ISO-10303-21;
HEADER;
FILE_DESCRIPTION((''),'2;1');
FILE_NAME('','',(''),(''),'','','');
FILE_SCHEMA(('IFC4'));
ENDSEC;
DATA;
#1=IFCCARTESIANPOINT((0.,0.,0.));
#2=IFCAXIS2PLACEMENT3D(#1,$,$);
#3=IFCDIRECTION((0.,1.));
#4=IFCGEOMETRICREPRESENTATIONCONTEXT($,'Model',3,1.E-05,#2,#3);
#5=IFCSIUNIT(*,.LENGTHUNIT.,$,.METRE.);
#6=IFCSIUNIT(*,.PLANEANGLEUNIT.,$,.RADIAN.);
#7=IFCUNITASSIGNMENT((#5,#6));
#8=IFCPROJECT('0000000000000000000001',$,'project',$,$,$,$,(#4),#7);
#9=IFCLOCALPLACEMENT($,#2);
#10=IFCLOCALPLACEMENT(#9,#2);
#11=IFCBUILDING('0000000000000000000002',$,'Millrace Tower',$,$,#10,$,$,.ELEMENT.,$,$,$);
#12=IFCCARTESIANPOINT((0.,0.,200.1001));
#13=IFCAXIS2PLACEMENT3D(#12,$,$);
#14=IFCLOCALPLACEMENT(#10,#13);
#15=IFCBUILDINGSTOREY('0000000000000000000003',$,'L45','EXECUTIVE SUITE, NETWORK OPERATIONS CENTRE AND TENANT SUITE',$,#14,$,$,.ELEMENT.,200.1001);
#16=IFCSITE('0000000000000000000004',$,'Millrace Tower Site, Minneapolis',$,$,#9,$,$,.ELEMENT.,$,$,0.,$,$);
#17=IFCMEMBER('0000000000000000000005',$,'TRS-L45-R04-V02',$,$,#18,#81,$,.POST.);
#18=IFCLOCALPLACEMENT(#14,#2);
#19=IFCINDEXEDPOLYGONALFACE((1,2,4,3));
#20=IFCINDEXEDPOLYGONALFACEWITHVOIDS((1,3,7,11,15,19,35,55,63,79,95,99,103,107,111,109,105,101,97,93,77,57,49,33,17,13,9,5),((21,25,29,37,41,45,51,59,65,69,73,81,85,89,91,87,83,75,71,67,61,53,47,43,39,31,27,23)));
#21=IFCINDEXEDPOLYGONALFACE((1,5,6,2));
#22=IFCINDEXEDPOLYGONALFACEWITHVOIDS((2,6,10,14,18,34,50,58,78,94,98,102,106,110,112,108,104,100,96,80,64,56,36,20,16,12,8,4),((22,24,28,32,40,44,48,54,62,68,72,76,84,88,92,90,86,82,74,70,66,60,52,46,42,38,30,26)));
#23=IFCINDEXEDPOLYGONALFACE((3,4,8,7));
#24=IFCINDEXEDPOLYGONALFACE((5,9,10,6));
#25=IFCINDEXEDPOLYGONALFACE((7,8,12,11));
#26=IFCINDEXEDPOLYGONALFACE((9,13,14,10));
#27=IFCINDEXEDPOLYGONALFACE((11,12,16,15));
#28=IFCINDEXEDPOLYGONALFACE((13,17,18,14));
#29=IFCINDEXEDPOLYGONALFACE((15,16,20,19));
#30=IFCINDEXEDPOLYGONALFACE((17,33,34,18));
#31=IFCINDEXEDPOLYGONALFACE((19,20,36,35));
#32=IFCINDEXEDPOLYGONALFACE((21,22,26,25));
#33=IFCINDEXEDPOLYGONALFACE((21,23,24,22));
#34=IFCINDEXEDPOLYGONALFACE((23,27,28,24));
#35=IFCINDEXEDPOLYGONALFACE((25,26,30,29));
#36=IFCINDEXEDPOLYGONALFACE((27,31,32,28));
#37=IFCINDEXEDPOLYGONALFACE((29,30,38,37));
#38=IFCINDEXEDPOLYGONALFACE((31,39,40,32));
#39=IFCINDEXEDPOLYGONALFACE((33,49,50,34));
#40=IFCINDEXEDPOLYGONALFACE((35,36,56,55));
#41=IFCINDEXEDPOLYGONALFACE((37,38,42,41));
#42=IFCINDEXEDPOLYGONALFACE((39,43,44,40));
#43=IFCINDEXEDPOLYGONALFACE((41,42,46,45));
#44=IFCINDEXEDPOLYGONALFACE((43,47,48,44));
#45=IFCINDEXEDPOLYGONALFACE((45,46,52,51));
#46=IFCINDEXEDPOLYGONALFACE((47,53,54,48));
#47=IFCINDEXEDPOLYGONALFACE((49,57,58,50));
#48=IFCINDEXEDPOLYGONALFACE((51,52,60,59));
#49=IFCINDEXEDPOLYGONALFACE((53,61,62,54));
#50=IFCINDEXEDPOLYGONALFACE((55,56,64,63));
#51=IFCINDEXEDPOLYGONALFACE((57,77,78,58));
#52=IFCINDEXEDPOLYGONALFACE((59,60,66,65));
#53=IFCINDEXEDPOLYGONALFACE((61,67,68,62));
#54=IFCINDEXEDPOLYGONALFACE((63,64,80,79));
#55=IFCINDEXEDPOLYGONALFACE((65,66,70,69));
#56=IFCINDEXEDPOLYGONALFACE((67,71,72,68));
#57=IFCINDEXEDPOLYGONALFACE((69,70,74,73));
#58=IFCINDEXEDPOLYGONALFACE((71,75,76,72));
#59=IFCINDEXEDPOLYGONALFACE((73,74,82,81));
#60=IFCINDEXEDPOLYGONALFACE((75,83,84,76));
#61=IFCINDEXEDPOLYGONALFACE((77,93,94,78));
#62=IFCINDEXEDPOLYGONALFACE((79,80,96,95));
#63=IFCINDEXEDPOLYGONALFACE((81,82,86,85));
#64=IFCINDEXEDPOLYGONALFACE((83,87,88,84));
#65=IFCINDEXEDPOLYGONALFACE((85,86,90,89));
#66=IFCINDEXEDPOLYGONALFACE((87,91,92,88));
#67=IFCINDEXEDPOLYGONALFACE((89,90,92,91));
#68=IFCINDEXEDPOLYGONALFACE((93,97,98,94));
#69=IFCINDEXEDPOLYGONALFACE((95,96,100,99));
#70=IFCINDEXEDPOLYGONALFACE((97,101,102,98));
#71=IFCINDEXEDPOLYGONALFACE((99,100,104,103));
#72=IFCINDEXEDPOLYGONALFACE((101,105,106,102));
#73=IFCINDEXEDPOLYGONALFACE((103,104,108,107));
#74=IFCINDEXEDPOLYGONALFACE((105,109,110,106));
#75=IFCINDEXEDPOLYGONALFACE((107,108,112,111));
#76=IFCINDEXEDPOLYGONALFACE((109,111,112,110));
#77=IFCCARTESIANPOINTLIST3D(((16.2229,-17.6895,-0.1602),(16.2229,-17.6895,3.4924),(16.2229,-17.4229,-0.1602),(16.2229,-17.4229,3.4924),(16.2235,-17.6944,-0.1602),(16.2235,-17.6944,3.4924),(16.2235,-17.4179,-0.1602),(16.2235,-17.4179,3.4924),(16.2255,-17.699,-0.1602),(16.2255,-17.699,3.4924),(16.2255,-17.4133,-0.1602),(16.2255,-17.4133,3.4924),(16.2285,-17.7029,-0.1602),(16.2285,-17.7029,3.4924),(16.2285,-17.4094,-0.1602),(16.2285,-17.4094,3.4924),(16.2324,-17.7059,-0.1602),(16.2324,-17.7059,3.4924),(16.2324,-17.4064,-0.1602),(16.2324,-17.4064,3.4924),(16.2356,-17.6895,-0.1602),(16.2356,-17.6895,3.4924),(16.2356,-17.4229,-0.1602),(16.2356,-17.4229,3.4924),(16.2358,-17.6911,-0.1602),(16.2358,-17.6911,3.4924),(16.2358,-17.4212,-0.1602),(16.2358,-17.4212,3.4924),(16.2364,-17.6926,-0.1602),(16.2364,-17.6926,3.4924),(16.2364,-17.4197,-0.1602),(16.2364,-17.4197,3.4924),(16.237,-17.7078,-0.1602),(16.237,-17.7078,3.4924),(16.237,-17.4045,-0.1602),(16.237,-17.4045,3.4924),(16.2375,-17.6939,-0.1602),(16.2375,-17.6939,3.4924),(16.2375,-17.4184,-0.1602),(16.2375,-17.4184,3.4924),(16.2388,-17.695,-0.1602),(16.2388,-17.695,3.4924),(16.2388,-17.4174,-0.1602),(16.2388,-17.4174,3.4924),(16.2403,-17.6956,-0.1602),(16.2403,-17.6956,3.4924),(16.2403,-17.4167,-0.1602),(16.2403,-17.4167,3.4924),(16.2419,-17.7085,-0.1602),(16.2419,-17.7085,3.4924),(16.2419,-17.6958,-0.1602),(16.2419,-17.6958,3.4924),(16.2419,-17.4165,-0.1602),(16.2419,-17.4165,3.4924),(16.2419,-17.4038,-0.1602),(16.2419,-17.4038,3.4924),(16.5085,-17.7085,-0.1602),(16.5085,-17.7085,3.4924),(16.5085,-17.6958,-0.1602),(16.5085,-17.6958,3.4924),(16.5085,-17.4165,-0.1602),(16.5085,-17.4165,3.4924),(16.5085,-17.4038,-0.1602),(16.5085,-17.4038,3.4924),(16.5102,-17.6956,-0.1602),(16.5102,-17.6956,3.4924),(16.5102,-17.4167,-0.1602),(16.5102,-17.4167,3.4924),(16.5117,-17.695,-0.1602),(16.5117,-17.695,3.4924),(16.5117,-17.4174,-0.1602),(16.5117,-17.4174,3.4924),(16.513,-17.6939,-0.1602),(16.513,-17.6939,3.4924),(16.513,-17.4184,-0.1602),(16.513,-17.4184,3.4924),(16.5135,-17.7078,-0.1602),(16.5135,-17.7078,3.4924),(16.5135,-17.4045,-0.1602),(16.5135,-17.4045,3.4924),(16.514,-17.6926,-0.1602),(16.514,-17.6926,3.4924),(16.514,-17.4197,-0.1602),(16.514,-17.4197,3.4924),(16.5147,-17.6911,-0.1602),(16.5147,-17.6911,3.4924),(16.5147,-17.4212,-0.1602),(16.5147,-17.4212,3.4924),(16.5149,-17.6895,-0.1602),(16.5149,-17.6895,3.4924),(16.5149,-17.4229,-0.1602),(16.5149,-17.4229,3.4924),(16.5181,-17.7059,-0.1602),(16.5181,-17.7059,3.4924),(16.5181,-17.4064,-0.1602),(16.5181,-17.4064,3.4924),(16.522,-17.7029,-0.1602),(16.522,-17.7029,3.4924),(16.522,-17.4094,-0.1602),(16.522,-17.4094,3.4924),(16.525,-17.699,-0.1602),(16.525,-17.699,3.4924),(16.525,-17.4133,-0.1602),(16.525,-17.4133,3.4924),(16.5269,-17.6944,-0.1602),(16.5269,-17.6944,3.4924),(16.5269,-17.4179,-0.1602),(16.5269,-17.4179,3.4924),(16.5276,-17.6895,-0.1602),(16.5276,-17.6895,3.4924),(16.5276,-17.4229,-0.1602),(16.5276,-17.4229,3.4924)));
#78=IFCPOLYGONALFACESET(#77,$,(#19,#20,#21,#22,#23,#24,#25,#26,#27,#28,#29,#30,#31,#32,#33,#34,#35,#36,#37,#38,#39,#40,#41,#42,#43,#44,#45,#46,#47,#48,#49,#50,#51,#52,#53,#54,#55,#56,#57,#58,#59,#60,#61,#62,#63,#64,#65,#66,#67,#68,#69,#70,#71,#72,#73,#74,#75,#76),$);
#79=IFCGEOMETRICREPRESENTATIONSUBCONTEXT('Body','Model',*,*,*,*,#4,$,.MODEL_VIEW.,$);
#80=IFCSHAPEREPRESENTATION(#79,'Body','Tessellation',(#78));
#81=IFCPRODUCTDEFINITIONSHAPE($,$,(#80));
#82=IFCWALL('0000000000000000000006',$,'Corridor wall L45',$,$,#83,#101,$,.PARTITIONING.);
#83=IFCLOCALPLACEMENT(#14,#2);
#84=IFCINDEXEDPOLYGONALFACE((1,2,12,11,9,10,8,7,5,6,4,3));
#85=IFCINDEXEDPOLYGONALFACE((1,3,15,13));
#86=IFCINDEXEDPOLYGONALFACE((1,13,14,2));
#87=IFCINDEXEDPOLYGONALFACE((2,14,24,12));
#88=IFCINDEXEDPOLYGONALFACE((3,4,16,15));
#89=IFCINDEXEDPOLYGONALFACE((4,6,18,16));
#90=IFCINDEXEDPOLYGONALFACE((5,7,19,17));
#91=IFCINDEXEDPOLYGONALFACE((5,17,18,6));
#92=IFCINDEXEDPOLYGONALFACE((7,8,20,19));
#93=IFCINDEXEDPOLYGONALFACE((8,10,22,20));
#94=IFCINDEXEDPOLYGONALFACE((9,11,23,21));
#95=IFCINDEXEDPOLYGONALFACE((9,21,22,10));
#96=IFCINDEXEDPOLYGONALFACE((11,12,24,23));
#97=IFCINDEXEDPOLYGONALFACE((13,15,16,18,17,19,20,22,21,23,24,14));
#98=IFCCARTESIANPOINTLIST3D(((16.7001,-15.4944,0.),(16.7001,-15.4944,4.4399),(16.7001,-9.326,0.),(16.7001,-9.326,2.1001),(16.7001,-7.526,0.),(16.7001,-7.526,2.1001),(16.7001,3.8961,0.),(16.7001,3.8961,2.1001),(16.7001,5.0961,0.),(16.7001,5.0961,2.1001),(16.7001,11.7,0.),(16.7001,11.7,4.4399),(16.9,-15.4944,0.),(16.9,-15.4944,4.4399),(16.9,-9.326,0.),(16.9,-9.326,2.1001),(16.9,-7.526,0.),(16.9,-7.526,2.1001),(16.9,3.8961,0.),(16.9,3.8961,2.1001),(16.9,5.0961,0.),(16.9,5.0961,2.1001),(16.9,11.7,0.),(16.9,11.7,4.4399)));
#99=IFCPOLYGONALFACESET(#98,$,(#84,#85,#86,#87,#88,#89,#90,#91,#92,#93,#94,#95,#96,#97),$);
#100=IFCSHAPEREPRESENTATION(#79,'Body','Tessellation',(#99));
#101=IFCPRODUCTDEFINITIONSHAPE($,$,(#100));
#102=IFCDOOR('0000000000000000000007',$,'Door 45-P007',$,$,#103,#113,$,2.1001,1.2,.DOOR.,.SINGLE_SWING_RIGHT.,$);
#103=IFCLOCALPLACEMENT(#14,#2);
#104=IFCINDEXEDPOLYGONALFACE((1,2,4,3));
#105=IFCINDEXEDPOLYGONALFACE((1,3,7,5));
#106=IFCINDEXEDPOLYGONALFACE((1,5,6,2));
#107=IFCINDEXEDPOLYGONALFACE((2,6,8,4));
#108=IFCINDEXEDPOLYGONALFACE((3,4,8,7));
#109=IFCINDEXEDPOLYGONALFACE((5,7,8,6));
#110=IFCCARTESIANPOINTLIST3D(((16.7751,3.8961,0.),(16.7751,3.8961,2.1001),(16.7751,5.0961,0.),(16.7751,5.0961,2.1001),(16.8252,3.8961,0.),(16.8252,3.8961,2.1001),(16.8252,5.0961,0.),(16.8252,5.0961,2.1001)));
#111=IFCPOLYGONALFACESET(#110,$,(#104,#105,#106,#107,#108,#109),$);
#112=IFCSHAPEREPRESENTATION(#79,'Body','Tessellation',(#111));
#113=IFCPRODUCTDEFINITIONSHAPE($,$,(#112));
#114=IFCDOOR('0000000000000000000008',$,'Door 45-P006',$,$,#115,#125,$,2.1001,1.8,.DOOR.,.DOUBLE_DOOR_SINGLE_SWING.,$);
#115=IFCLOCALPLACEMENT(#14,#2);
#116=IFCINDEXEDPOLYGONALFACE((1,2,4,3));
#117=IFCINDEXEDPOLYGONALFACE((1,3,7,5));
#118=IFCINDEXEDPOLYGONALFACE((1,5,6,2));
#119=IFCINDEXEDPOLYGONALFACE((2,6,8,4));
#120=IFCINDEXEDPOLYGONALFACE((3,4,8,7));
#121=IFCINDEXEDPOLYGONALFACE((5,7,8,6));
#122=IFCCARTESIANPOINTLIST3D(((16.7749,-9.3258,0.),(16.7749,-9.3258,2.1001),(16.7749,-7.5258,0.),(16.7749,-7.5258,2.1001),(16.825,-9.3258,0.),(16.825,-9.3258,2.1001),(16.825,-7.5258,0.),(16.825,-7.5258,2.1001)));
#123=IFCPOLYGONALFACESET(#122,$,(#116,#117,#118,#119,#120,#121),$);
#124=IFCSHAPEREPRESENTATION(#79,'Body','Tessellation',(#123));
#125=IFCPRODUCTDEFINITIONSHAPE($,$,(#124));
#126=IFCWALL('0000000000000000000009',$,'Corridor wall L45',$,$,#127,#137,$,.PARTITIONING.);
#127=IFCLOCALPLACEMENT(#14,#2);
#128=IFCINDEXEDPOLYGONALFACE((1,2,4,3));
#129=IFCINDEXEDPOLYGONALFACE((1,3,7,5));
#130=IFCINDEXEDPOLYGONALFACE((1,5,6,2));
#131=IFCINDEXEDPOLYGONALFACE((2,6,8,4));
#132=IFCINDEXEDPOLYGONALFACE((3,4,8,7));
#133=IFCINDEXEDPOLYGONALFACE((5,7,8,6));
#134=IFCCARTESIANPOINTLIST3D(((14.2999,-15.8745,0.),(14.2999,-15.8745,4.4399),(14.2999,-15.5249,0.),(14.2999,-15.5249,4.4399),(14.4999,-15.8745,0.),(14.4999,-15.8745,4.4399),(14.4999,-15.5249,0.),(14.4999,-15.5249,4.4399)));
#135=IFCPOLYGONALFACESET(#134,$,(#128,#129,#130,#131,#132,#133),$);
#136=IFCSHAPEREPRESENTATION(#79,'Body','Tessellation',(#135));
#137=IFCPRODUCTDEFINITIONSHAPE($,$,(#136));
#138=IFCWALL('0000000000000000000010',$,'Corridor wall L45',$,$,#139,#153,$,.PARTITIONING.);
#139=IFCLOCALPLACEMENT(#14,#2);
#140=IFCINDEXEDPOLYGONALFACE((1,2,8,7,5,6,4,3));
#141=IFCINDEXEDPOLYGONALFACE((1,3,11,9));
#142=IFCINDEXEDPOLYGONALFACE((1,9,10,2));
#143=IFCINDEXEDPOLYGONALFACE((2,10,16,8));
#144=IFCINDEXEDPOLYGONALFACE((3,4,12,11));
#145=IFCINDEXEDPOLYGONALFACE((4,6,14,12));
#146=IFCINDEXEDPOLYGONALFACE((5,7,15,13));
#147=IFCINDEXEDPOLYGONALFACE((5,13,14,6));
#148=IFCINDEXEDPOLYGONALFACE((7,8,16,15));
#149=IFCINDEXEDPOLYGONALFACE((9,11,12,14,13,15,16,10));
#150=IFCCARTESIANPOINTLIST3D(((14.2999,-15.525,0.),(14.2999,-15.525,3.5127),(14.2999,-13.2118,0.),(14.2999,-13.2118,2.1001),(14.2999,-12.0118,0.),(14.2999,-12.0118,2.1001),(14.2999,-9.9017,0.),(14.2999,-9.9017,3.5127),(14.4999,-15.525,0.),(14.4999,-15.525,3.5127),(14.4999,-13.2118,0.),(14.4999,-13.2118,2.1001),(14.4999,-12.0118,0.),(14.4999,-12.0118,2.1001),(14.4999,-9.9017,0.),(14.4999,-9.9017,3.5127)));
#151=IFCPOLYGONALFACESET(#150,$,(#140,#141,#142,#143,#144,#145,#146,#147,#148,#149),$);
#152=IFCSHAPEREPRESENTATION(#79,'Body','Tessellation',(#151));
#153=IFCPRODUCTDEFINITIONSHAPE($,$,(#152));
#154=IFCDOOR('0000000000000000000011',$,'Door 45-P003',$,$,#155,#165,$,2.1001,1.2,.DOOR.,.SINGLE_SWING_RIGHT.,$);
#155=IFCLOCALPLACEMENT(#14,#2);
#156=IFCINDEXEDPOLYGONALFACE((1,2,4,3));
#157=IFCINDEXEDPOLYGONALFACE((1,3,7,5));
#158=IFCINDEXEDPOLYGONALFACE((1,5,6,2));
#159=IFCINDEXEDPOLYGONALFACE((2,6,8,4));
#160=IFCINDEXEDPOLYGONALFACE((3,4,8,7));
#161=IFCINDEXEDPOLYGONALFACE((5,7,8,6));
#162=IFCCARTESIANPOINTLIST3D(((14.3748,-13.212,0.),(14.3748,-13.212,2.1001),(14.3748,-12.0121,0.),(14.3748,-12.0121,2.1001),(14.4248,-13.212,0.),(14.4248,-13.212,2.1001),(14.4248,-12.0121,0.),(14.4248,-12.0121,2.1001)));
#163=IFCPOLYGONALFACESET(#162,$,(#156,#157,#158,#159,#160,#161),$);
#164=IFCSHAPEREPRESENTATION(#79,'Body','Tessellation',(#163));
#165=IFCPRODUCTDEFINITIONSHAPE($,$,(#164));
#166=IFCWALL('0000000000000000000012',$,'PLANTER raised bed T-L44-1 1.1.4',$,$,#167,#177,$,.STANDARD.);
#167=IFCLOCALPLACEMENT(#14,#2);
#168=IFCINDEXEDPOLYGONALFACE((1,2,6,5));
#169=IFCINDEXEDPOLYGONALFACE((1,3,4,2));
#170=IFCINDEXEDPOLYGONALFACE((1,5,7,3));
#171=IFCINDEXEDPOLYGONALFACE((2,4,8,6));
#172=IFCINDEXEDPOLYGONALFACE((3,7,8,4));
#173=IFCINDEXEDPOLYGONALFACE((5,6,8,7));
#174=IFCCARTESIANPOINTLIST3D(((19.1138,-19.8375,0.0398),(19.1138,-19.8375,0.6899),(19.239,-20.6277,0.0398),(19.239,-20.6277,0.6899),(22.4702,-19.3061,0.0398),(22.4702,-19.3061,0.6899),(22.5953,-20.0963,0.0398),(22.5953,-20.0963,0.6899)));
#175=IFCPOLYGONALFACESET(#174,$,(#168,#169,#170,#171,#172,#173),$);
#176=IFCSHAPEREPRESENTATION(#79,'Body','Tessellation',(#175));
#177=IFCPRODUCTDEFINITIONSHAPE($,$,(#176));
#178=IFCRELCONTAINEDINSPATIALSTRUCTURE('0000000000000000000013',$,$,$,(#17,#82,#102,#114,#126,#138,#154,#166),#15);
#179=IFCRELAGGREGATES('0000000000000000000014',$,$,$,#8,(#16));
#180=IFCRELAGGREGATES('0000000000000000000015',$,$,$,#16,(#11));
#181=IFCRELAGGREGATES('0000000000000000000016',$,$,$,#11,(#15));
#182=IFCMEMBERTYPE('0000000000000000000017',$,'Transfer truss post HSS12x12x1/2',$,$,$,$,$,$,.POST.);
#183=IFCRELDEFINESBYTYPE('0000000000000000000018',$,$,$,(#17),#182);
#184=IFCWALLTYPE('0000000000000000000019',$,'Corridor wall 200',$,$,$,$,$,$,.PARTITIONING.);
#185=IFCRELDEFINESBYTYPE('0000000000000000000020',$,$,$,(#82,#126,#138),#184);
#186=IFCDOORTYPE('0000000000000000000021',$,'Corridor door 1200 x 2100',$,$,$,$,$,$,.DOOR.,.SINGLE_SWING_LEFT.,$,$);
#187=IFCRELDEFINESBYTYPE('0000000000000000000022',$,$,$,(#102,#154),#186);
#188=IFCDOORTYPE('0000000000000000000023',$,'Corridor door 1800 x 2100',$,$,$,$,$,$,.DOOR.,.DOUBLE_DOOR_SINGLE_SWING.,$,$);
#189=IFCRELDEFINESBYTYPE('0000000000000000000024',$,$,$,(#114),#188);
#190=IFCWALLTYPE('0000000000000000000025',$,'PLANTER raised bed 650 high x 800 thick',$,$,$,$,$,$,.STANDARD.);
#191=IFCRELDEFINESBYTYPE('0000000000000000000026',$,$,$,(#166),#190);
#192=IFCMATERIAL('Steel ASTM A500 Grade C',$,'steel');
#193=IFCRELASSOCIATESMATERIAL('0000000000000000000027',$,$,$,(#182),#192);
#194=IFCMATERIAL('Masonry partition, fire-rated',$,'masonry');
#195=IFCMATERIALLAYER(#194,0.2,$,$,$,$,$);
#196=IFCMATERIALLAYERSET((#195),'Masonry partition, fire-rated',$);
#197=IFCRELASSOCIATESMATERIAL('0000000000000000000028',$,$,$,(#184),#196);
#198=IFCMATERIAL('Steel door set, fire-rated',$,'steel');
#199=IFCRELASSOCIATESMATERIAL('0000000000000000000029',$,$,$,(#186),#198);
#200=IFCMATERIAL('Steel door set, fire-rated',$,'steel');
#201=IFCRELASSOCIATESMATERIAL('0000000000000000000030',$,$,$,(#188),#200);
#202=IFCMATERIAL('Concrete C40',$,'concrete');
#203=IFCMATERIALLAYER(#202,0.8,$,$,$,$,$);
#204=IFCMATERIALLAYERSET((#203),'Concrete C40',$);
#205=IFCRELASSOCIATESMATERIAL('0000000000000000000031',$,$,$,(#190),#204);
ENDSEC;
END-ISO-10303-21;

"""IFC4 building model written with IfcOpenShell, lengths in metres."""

from ifc_helpers import new_model, si_unit, direction, frame, frame_2d, origin, origin_2d, place, context, subcontext, project, spatial, rectangle, hollow_rectangle, extrude, material, layer, layer_set, material_profile, profile_set, type_object, element, fill, save


model = new_model("IFC4")

# Units and contexts
model_context = context("Model", 3, precision=1e-05, world=origin(), true_north=direction((0.0, 1.0)))
body_context = subcontext(model_context, "Body", "Model", "MODEL_VIEW")
ifc_project = project(units=[si_unit("LENGTHUNIT", "METRE"), si_unit("PLANEANGLEUNIT", "RADIAN")], contexts=[model_context])

# Site, building, storey
site_placement = place(None, origin())
site = spatial("IfcSite", under=ifc_project, at=site_placement, Name="Millrace Tower Site, Minneapolis", CompositionType="ELEMENT", RefElevation=0.0)
building_placement = place(site_placement, origin())
building = spatial("IfcBuilding", under=site, at=building_placement, Name="Millrace Tower", CompositionType="ELEMENT")
storey_placement = place(building_placement, frame((0.0, 0.0, 200.1001)))
storey = spatial("IfcBuildingStorey", under=building, at=storey_placement, Name="L45", Description="EXECUTIVE SUITE, NETWORK OPERATIONS CENTRE AND TENANT SUITE", CompositionType="ELEMENT", Elevation=200.1001)

# Member
ifc_material_1 = material(Name="Steel ASTM A500 Grade C", Category="steel")
ifc_material_profile_1 = material_profile(ifc_material_1, hollow_rectangle(XDim=0.3047, YDim=0.3047, WallThickness=0.0127, InnerFilletRadius=0.0063, OuterFilletRadius=0.019, at=origin_2d()))
ifc_profile_set_1 = profile_set([ifc_material_profile_1], Name="Steel ASTM A500 Grade C")
member_type_1 = type_object("IfcMemberType", Name="Transfer truss post HSS12x12x1/2", PredefinedType="POST", material=ifc_profile_set_1)
member_1_placement = place(storey_placement, frame((16.3752, -17.5562, -0.1602), z_axis=(0.0, 0.0, 1.0), x_axis=(1.0, 0.0, 0.0)))
element("IfcMember", 1, at=member_1_placement, inside=storey, type_object=member_type_1, Name="TRS-L45-R04-V02", PredefinedType="POST", context=body_context, shape_type="SweptSolid", body=[
    extrude(hollow_rectangle(XDim=0.3047, YDim=0.3047, WallThickness=0.0127, InnerFilletRadius=0.0063, OuterFilletRadius=0.019, at=origin_2d()), origin(), (0.0, 0.0, 1.0), 3.6526),
])

# Wall, openings, doors
ifc_material_2 = material(Name="Masonry partition, fire-rated", Category="masonry")
ifc_layer_1 = layer(ifc_material_2, 0.2)
ifc_layer_set_1 = layer_set([ifc_layer_1], Name="Masonry partition, fire-rated")
wall_type_1 = type_object("IfcWallType", Name="Corridor wall 200", PredefinedType="PARTITIONING", material=ifc_layer_set_1)
wall_1_placement = place(storey_placement, frame((16.8, -15.4944, 0.0), z_axis=(0.0, 0.0, 1.0), x_axis=(0.0, 1.0, 0.0)))
wall_1 = element("IfcWall", 2, at=wall_1_placement, inside=storey, type_object=wall_type_1, Name="Corridor wall L45", PredefinedType="PARTITIONING", context=body_context, shape_type="SweptSolid", body=[
    extrude(rectangle(XDim=27.1943, YDim=0.2, at=frame_2d((13.5972, 0.0))), origin(), (0.0, 0.0, 1.0), 4.4399),
])
opening_1_placement = place(wall_1_placement, frame((6.1685, 0.0, 0.0)))
opening_1 = element("IfcOpeningElement", 3, at=opening_1_placement, cuts=wall_1, PredefinedType="OPENING", context=body_context, shape_type="SweptSolid", body=[
    extrude(rectangle(XDim=1.8, YDim=2.1001, at=frame_2d((0.8999, 1.05))), frame((0.0, 0.1099, 0.0), z_axis=(0.0, -1.0, 0.0), x_axis=(1.0, 0.0, 0.0)), (0.0, 0.0, 1.0), 0.22),
])
opening_2_placement = place(wall_1_placement, frame((19.3904, 0.0, 0.0)))
opening_2 = element("IfcOpeningElement", 4, at=opening_2_placement, cuts=wall_1, PredefinedType="OPENING", context=body_context, shape_type="SweptSolid", body=[
    extrude(rectangle(XDim=1.2, YDim=2.1001, at=frame_2d((0.6001, 1.05))), frame((0.0, 0.1099, 0.0), z_axis=(0.0, -1.0, 0.0), x_axis=(1.0, 0.0, 0.0)), (0.0, 0.0, 1.0), 0.22),
])
ifc_material_3 = material(Name="Steel door set, fire-rated", Category="steel")
door_type_1 = type_object("IfcDoorType", Name="Corridor door 1200 x 2100", OperationType="SINGLE_SWING_LEFT", PredefinedType="DOOR", material=ifc_material_3)
door_1_placement = place(opening_2_placement, origin())
door_1 = element("IfcDoor", 5, at=door_1_placement, inside=storey, type_object=door_type_1, Name="Door 45-P007", OperationType="SINGLE_SWING_RIGHT", OverallHeight=2.1001, OverallWidth=1.2, PredefinedType="DOOR", context=body_context, shape_type="SweptSolid", body=[
    extrude(rectangle(XDim=1.2, YDim=2.1001, at=frame_2d((0.6001, 1.05))), frame((0.0, 0.0249, 0.0), z_axis=(0.0, -1.0, 0.0), x_axis=(1.0, 0.0, 0.0)), (0.0, 0.0, 1.0), 0.05),
])
fill(opening_2, door_1)
ifc_material_4 = material(Name="Steel door set, fire-rated", Category="steel")
door_type_2 = type_object("IfcDoorType", Name="Corridor door 1800 x 2100", OperationType="DOUBLE_DOOR_SINGLE_SWING", PredefinedType="DOOR", material=ifc_material_4)
door_2_placement = place(opening_1_placement, frame((1.8, 0.0, 0.0), z_axis=(0.0, 0.0, 1.0), x_axis=(-1.0, 0.0, 0.0)))
door_2 = element("IfcDoor", 6, at=door_2_placement, inside=storey, type_object=door_type_2, Name="Door 45-P006", OperationType="DOUBLE_DOOR_SINGLE_SWING", OverallHeight=2.1001, OverallWidth=1.8, PredefinedType="DOOR", context=body_context, shape_type="SweptSolid", body=[
    extrude(rectangle(XDim=1.8, YDim=2.1001, at=frame_2d((0.8999, 1.05))), frame((0.0, 0.0249, 0.0), z_axis=(0.0, -1.0, 0.0), x_axis=(1.0, 0.0, 0.0)), (0.0, 0.0, 1.0), 0.05),
])
fill(opening_1, door_2)

# Wall
wall_2_placement = place(storey_placement, frame((14.3999, -15.8745, 0.0), z_axis=(0.0, 0.0, 1.0), x_axis=(0.0, 1.0, 0.0)))
element("IfcWall", 7, at=wall_2_placement, inside=storey, type_object=wall_type_1, Name="Corridor wall L45", PredefinedType="PARTITIONING", context=body_context, shape_type="SweptSolid", body=[
    extrude(rectangle(XDim=0.3496, YDim=0.2, at=frame_2d((0.1748, 0.0))), origin(), (0.0, 0.0, 1.0), 4.4399),
])

# Wall, opening, door
wall_3_placement = place(storey_placement, frame((14.3999, -15.5249, 0.0), z_axis=(0.0, 0.0, 1.0), x_axis=(0.0, 1.0, 0.0)))
wall_3 = element("IfcWall", 8, at=wall_3_placement, inside=storey, type_object=wall_type_1, Name="Corridor wall L45", PredefinedType="PARTITIONING", context=body_context, shape_type="SweptSolid", body=[
    extrude(rectangle(XDim=5.6233, YDim=0.2, at=frame_2d((2.8115, 0.0))), origin(), (0.0, 0.0, 1.0), 3.5127),
])
opening_3_placement = place(wall_3_placement, frame((2.313, 0.0, 0.0)))
opening_3 = element("IfcOpeningElement", 9, at=opening_3_placement, cuts=wall_3, PredefinedType="OPENING", context=body_context, shape_type="SweptSolid", body=[
    extrude(rectangle(XDim=1.2, YDim=2.1001, at=frame_2d((0.6001, 1.05))), frame((0.0, 0.1099, 0.0), z_axis=(0.0, -1.0, 0.0), x_axis=(1.0, 0.0, 0.0)), (0.0, 0.0, 1.0), 0.22),
])
door_3_placement = place(opening_3_placement, frame((1.2, 0.0, 0.0), z_axis=(0.0, 0.0, 1.0), x_axis=(-1.0, 0.0, 0.0)))
door_3 = element("IfcDoor", 10, at=door_3_placement, inside=storey, type_object=door_type_1, Name="Door 45-P003", OperationType="SINGLE_SWING_RIGHT", OverallHeight=2.1001, OverallWidth=1.2, PredefinedType="DOOR", context=body_context, shape_type="SweptSolid", body=[
    extrude(rectangle(XDim=1.2, YDim=2.1001, at=frame_2d((0.6001, 1.05))), frame((0.0, 0.0249, 0.0), z_axis=(0.0, -1.0, 0.0), x_axis=(1.0, 0.0, 0.0)), (0.0, 0.0, 1.0), 0.05),
])
fill(opening_3, door_3)

# Wall
ifc_material_5 = material(Name="Concrete C40", Category="concrete")
ifc_layer_2 = layer(ifc_material_5, 0.8)
ifc_layer_set_2 = layer_set([ifc_layer_2], Name="Concrete C40")
wall_type_2 = type_object("IfcWallType", Name="PLANTER raised bed 650 high x 800 thick", PredefinedType="STANDARD", material=ifc_layer_set_2)
wall_4_placement = place(storey_placement, frame((19.1763, -20.2327, 0.0398), z_axis=(0.0, 0.0, 1.0), x_axis=(0.987694, 0.156402, 0.0)))
element("IfcWall", 11, at=wall_4_placement, inside=storey, type_object=wall_type_2, Name="PLANTER raised bed T-L44-1 1.1.4", PredefinedType="STANDARD", context=body_context, shape_type="SweptSolid", body=[
    extrude(rectangle(XDim=3.3982, YDim=0.8, at=frame_2d((1.6992, 0.0))), origin(), (0.0, 0.0, 1.0), 0.6501),
])

save(model, "model.ifc")
